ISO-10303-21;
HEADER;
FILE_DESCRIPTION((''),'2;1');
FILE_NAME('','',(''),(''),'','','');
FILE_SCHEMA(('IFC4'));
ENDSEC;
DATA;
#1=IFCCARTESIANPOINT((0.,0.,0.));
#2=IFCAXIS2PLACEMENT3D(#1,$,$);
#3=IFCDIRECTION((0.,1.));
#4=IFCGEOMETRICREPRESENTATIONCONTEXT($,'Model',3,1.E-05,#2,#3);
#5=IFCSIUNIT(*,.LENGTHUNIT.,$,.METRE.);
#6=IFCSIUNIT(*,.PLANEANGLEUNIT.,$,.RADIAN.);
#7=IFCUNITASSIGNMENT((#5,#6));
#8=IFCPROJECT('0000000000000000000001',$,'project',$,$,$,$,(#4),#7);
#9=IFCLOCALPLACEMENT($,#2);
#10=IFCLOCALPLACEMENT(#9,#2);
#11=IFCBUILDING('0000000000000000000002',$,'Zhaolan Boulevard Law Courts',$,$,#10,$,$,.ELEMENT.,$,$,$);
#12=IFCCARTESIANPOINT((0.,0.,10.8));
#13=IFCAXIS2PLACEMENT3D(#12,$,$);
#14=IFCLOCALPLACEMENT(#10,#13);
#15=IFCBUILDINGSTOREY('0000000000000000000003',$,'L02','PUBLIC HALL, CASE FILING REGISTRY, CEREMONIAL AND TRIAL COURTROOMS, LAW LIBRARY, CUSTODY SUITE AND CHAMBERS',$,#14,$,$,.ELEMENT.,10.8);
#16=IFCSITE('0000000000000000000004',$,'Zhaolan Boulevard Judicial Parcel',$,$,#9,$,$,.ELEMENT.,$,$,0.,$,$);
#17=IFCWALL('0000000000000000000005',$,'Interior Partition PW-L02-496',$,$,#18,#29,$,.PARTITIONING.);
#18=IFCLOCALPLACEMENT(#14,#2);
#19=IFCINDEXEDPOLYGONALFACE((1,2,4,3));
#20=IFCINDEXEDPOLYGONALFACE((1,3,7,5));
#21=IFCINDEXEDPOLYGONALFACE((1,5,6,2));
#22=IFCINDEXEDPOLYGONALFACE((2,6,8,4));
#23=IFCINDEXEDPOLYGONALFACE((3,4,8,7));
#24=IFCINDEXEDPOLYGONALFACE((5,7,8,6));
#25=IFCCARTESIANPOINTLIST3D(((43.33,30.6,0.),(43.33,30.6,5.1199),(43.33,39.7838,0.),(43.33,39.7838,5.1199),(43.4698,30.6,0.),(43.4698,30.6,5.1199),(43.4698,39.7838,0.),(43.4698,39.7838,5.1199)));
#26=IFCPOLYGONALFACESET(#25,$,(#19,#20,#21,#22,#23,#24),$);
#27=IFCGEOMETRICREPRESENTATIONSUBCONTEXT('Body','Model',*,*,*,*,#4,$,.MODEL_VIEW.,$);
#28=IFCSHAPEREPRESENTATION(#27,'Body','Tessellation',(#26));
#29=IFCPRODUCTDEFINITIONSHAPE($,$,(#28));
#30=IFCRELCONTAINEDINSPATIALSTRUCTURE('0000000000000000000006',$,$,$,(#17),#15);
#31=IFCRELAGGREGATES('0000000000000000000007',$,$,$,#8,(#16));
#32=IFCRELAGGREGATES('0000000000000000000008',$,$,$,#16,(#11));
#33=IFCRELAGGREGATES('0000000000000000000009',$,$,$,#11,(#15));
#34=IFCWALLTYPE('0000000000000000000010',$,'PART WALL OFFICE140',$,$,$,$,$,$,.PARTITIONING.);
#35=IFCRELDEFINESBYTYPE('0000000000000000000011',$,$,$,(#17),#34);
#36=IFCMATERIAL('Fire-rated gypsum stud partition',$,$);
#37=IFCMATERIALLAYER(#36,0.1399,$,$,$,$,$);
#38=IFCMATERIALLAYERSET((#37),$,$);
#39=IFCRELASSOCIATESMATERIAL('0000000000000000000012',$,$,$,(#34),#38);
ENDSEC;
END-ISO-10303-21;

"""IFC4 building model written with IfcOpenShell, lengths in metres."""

from ifc_helpers import new_model, si_unit, direction, frame, frame_2d, origin, place, context, subcontext, project, spatial, rectangle, extrude, material, layer, layer_set, type_object, element, save


model = new_model("IFC4")

# Units and contexts
model_context = context("Model", 3, precision=1e-05, world=origin(), true_north=direction((0.0, 1.0)))
body_context = subcontext(model_context, "Body", "Model", "MODEL_VIEW")
ifc_project = project(units=[si_unit("LENGTHUNIT", "METRE"), si_unit("PLANEANGLEUNIT", "RADIAN")], contexts=[model_context])

# Site, building, storey
site_placement = place(None, origin())
site = spatial("IfcSite", under=ifc_project, at=site_placement, Name="Zhaolan Boulevard Judicial Parcel", CompositionType="ELEMENT", RefElevation=0.0)
building_placement = place(site_placement, origin())
building = spatial("IfcBuilding", under=site, at=building_placement, Name="Zhaolan Boulevard Law Courts", CompositionType="ELEMENT")
storey_placement = place(building_placement, frame((0.0, 0.0, 10.8)))
storey = spatial("IfcBuildingStorey", under=building, at=storey_placement, Name="L02", Description="PUBLIC HALL, CASE FILING REGISTRY, CEREMONIAL AND TRIAL COURTROOMS, LAW LIBRARY, CUSTODY SUITE AND CHAMBERS", CompositionType="ELEMENT", Elevation=10.8)

# Wall
ifc_material_1 = material(Name="Fire-rated gypsum stud partition")
ifc_layer_1 = layer(ifc_material_1, 0.1399)
ifc_layer_set_1 = layer_set([ifc_layer_1])
wall_type = type_object("IfcWallType", Name="PART WALL OFFICE140", PredefinedType="PARTITIONING", material=ifc_layer_set_1)
wall_placement = place(storey_placement, frame((43.3999, 30.6001, 0.0), z_axis=(0.0, 0.0, 1.0), x_axis=(0.0, 1.0, 0.0)))
element("IfcWall", 1, at=wall_placement, inside=storey, type_object=wall_type, Name="Interior Partition PW-L02-496", PredefinedType="PARTITIONING", context=body_context, shape_type="SweptSolid", body=[
    extrude(rectangle(XDim=9.1838, YDim=0.1399, at=frame_2d((4.5918, 0.0))), origin(), (0.0, 0.0, 1.0), 5.1199),
])

save(model, "model.ifc")
